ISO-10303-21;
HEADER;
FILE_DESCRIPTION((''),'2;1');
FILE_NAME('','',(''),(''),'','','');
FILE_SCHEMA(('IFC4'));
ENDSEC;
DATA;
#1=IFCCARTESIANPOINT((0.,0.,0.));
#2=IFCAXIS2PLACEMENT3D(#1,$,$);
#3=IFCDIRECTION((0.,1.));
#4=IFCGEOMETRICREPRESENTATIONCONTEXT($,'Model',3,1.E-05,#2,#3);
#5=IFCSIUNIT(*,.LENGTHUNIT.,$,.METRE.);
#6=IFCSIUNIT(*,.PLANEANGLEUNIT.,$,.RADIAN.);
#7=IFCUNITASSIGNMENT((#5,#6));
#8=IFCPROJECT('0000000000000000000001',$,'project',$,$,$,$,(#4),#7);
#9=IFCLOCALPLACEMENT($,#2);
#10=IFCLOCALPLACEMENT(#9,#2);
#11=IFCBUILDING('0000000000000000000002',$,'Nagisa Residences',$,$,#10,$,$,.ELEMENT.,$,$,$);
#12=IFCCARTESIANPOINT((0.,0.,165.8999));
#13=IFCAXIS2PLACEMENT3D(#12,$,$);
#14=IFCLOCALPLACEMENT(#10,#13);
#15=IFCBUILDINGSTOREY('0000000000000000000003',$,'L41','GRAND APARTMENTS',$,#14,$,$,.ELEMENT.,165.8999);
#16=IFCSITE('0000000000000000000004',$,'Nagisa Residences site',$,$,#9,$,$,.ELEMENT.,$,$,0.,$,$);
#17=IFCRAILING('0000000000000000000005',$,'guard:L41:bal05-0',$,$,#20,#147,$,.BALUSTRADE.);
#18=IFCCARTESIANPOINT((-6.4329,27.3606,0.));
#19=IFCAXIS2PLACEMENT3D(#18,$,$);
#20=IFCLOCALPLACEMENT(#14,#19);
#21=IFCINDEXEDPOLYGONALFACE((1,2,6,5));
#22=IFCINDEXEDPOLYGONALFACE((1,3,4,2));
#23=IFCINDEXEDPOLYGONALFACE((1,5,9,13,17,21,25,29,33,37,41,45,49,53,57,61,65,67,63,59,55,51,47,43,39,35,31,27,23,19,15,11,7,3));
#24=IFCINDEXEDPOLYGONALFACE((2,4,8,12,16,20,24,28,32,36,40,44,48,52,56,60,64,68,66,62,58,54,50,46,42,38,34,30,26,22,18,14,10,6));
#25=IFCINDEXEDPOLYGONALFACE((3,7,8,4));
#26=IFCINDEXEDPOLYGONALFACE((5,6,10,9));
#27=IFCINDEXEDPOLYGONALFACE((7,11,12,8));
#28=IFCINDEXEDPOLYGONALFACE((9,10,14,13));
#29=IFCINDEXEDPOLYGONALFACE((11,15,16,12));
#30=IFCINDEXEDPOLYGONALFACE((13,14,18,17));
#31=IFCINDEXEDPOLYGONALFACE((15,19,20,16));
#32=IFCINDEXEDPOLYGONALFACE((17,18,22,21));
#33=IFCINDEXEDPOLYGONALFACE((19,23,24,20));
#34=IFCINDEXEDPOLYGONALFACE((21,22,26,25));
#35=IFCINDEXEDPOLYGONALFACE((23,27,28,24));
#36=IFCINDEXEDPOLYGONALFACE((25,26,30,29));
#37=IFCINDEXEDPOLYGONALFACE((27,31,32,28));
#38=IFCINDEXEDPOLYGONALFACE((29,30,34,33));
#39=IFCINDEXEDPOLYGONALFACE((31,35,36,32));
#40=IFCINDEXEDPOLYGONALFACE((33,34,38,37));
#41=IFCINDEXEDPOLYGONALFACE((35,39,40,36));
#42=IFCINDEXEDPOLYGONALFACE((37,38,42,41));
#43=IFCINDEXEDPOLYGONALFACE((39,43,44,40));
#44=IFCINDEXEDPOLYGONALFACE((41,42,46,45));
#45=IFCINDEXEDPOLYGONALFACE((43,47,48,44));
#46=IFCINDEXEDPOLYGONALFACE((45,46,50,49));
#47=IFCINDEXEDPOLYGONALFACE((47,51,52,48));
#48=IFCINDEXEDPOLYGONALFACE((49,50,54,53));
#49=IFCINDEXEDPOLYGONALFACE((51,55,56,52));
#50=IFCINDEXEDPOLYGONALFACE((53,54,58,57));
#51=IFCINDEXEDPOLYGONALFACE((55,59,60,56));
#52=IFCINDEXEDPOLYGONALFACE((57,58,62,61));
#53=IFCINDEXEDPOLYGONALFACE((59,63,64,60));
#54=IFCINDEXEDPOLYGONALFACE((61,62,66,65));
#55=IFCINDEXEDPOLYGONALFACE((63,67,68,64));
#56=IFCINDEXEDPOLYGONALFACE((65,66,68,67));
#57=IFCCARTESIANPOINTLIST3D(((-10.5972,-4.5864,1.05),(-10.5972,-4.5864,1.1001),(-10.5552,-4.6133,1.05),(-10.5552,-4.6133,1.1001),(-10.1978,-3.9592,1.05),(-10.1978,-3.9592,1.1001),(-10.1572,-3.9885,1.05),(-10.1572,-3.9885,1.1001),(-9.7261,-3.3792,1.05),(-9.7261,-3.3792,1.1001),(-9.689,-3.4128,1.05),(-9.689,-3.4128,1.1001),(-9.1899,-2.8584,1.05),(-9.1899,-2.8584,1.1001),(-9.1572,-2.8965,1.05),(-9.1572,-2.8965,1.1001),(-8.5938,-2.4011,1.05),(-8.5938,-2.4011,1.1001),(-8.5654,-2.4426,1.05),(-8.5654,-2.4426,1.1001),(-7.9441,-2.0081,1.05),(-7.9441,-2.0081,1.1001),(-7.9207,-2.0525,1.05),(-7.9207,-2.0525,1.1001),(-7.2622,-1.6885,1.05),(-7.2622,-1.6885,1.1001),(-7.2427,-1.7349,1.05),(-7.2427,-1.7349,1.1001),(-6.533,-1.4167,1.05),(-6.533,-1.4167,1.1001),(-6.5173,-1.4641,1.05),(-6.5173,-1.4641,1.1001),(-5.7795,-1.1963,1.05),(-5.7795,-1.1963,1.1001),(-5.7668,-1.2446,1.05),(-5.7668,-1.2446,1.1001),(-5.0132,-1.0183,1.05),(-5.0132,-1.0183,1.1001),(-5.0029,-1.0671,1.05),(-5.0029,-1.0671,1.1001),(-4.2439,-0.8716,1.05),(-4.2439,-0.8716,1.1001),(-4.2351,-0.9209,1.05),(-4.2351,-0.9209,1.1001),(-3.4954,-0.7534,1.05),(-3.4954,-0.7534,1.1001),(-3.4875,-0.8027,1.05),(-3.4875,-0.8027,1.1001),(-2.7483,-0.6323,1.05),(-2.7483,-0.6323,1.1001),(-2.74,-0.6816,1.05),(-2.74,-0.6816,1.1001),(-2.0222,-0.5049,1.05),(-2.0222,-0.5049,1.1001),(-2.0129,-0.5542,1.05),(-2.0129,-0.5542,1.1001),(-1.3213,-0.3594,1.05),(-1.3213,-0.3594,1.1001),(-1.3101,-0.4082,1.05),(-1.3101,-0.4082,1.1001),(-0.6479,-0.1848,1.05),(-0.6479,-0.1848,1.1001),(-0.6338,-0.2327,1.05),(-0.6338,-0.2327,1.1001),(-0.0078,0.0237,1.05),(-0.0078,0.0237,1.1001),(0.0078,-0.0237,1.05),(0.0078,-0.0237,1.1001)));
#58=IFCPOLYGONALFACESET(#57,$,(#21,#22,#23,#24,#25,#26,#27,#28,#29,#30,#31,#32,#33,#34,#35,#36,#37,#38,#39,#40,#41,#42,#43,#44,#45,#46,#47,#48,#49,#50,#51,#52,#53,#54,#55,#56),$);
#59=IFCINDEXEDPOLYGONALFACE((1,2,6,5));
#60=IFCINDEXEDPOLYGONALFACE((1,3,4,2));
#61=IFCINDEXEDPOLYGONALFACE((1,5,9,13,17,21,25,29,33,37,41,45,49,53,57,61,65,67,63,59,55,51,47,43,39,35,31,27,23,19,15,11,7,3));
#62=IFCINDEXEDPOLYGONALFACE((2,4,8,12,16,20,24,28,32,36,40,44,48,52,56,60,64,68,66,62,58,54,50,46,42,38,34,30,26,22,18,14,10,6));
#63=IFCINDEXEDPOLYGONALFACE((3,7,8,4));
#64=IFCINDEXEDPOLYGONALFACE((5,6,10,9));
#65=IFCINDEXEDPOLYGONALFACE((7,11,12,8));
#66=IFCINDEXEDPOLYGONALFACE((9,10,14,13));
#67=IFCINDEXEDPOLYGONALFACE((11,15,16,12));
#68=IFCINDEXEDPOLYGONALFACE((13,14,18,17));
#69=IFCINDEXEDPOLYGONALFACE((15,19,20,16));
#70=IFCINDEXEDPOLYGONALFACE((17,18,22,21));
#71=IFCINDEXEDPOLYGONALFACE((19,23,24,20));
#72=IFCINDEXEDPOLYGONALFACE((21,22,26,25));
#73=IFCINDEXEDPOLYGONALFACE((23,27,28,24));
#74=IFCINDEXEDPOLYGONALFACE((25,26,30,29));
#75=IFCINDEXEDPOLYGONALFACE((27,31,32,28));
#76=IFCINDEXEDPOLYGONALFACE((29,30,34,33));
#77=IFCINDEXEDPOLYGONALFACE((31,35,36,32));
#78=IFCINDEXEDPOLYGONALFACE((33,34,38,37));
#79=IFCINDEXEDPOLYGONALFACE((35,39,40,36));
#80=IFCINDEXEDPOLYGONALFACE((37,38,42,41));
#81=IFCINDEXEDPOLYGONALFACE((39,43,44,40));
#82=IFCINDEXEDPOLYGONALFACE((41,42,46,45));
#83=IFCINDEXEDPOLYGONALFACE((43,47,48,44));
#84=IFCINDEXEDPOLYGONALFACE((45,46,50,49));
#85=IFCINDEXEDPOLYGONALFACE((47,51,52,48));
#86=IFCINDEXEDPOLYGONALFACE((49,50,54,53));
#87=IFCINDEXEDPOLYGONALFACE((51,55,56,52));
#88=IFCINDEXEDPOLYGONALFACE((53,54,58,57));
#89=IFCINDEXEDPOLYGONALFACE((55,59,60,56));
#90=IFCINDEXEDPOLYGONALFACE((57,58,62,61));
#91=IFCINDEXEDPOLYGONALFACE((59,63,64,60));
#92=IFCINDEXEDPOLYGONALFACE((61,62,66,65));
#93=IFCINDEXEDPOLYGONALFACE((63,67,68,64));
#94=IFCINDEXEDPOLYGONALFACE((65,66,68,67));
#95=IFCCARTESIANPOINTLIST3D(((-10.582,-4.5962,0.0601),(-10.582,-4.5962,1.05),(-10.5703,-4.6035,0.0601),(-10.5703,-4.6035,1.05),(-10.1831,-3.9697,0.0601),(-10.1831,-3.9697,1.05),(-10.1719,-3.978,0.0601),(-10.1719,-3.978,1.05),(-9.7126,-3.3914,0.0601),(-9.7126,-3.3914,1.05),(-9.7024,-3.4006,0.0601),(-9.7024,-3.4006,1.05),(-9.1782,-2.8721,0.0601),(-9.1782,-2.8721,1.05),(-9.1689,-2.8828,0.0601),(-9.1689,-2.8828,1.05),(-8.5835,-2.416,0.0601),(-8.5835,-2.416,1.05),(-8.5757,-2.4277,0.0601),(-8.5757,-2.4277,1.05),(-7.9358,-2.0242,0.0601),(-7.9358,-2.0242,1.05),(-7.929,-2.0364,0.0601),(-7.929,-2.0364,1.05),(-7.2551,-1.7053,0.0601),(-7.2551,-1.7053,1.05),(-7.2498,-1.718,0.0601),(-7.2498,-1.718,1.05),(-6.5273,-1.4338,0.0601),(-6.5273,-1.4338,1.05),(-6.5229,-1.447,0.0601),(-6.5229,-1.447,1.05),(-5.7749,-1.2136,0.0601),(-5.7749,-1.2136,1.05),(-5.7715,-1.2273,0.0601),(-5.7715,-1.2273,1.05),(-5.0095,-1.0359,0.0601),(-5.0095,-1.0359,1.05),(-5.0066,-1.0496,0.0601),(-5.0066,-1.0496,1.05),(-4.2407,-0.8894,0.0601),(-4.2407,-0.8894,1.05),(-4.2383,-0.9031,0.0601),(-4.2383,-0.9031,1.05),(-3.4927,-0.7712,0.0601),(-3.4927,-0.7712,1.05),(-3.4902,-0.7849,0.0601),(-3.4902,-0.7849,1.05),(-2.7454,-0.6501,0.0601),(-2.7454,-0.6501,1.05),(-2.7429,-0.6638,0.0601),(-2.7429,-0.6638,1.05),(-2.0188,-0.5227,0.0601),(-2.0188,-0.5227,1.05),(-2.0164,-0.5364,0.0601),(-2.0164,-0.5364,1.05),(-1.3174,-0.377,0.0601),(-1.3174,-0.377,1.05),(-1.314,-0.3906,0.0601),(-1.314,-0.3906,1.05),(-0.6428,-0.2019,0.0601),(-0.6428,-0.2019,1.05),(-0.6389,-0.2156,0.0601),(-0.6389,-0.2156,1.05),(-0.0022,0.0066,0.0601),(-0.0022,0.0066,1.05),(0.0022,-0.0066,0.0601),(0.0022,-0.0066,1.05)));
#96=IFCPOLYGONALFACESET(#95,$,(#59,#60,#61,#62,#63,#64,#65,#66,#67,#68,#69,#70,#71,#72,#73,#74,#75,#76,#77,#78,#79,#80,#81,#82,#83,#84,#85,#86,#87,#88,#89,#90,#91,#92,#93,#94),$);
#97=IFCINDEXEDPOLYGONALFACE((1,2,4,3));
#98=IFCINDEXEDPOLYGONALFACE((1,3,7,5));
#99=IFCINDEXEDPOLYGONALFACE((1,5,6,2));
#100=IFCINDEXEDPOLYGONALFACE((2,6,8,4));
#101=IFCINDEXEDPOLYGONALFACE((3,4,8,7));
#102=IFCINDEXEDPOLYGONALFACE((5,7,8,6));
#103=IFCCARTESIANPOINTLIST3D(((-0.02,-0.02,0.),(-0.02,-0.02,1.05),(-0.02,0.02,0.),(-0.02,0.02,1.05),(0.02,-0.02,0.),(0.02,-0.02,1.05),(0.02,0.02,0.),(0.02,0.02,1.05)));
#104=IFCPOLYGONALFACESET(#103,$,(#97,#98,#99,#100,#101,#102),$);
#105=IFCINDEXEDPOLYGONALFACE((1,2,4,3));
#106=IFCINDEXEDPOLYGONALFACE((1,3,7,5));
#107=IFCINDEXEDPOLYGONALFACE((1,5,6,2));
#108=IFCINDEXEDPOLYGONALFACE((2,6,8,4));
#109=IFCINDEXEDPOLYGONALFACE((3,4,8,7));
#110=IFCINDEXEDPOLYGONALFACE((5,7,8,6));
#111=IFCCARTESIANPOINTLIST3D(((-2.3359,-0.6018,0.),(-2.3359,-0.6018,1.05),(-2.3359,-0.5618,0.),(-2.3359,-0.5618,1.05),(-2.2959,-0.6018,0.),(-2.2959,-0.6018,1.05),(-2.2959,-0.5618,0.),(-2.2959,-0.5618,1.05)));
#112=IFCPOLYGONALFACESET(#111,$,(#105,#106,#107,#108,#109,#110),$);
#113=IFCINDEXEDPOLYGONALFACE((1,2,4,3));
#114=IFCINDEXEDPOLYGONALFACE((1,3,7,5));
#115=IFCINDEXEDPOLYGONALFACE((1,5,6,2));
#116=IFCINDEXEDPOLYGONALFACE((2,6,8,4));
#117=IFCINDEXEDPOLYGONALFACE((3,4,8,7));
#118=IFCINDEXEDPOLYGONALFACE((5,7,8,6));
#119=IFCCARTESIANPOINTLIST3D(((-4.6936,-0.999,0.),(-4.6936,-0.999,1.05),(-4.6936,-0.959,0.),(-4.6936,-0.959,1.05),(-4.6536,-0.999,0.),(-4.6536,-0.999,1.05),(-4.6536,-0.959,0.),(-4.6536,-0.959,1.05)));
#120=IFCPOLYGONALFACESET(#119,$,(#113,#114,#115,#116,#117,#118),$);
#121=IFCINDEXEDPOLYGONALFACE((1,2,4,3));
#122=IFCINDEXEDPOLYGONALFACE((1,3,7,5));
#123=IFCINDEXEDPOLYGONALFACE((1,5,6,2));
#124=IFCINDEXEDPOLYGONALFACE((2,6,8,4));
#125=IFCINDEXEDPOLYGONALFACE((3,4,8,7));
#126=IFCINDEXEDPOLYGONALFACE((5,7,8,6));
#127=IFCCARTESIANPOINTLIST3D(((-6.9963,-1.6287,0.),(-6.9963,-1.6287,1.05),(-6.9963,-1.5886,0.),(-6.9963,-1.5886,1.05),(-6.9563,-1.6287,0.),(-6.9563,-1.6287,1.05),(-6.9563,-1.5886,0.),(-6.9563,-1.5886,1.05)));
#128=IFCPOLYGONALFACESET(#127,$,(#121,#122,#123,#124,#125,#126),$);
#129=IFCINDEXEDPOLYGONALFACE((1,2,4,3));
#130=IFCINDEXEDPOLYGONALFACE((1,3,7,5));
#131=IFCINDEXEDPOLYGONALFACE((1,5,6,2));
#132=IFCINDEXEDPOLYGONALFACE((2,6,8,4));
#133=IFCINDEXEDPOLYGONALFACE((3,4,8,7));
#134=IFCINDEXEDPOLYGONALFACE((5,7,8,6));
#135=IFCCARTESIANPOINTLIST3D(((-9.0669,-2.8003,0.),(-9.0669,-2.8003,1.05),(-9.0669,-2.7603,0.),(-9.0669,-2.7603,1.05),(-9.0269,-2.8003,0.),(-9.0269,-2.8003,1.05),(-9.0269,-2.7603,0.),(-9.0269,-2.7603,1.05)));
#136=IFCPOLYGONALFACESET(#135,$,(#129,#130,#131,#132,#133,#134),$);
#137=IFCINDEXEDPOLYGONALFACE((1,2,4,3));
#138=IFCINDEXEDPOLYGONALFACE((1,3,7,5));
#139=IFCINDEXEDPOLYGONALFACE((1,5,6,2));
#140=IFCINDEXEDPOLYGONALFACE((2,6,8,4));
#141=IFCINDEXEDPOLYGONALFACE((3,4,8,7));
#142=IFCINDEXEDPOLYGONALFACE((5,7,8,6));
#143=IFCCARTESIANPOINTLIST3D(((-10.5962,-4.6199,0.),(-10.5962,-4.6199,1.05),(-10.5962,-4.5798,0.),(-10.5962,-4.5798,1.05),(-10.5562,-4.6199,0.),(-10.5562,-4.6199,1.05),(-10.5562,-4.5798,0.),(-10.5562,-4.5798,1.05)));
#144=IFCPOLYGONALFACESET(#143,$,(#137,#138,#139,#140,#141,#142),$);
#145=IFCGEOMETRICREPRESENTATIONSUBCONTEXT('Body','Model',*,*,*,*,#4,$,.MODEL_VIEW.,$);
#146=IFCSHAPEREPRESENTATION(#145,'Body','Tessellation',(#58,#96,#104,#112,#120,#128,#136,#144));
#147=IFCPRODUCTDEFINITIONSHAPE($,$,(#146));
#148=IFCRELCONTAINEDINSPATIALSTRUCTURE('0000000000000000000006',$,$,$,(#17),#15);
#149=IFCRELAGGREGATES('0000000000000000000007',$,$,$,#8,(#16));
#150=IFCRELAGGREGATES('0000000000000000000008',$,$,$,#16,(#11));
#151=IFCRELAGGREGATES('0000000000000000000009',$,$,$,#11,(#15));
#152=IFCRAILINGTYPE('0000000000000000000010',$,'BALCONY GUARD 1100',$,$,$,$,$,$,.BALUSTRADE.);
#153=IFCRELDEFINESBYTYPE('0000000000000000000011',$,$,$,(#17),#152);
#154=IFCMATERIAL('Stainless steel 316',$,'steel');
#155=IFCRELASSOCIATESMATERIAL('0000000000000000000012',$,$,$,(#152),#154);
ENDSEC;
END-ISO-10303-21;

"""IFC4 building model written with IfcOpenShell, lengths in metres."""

from ifc_helpers import new_model, si_unit, direction, frame, origin, origin_2d, place, context, subcontext, project, spatial, polyline, rectangle, outline, extrude, material, type_object, element, save


model = new_model("IFC4")

# Units and contexts
model_context = context("Model", 3, precision=1e-05, world=origin(), true_north=direction((0.0, 1.0)))
body_context = subcontext(model_context, "Body", "Model", "MODEL_VIEW")
ifc_project = project(units=[si_unit("LENGTHUNIT", "METRE"), si_unit("PLANEANGLEUNIT", "RADIAN")], contexts=[model_context])

# Site, building, storey
site_placement = place(None, origin())
site = spatial("IfcSite", under=ifc_project, at=site_placement, Name="Nagisa Residences site", CompositionType="ELEMENT", RefElevation=0.0)
building_placement = place(site_placement, origin())
building = spatial("IfcBuilding", under=site, at=building_placement, Name="Nagisa Residences", CompositionType="ELEMENT")
storey_placement = place(building_placement, frame((0.0, 0.0, 165.8999)))
storey = spatial("IfcBuildingStorey", under=building, at=storey_placement, Name="L41", Description="GRAND APARTMENTS", CompositionType="ELEMENT", Elevation=165.8999)

# Railing
ifc_material_1 = material(Name="Stainless steel 316", Category="steel")
railing_type_1 = type_object("IfcRailingType", Name="BALCONY GUARD 1100", PredefinedType="BALUSTRADE", material=ifc_material_1)
railing_1_placement = place(storey_placement, frame((-6.4329, 27.3606, 0.0)))
element("IfcRailing", 1, at=railing_1_placement, inside=storey, type_object=railing_type_1, Name="guard:L41:bal05-0", PredefinedType="BALUSTRADE", context=body_context, shape_type="SweptSolid", body=[
    extrude(outline(polyline([(-0.6338, -0.2327), (0.0078, -0.0237), (-0.0078, 0.0237), (-0.6479, -0.1848), (-1.3213, -0.3594), (-2.0222, -0.5049), (-2.7483, -0.6323), (-3.4954, -0.7534), (-4.2439, -0.8716), (-5.0132, -1.0183), (-5.7795, -1.1963), (-6.533, -1.4167), (-7.2622, -1.6885), (-7.9441, -2.0081), (-8.5938, -2.4011), (-9.1899, -2.8584), (-9.7261, -3.3792), (-10.1978, -3.9592), (-10.5972, -4.5864), (-10.5552, -4.6133), (-10.1572, -3.9885), (-9.689, -3.4128), (-9.1572, -2.8965), (-8.5654, -2.4426), (-7.9207, -2.0525), (-7.2427, -1.7349), (-6.5173, -1.4641), (-5.7668, -1.2446), (-5.0029, -1.0671), (-4.2351, -0.9209), (-3.4875, -0.8027), (-2.74, -0.6816), (-2.0129, -0.5542), (-1.3101, -0.4082), (-0.6338, -0.2327)])), frame((0.0, 0.0, 1.05)), (0.0, 0.0, 1.0), 0.05),
    extrude(outline(polyline([(-0.6389, -0.2156), (0.0022, -0.0066), (-0.0022, 0.0066), (-0.6428, -0.2019), (-1.3174, -0.377), (-2.0188, -0.5227), (-2.7454, -0.6501), (-3.4927, -0.7712), (-4.2407, -0.8894), (-5.0095, -1.0359), (-5.7749, -1.2136), (-6.5273, -1.4338), (-7.2551, -1.7053), (-7.9358, -2.0242), (-8.5835, -2.416), (-9.1782, -2.8721), (-9.7126, -3.3914), (-10.1831, -3.9697), (-10.582, -4.5962), (-10.5703, -4.6035), (-10.1719, -3.978), (-9.7024, -3.4006), (-9.1689, -2.8828), (-8.5757, -2.4277), (-7.929, -2.0364), (-7.2498, -1.718), (-6.5229, -1.447), (-5.7715, -1.2273), (-5.0066, -1.0496), (-4.2383, -0.9031), (-3.4902, -0.7849), (-2.7429, -0.6638), (-2.0164, -0.5364), (-1.314, -0.3906), (-0.6389, -0.2156)])), frame((0.0, 0.0, 0.0601)), (0.0, 0.0, 1.0), 0.99),
    extrude(rectangle(XDim=0.04, YDim=0.04, at=origin_2d()), origin(), (0.0, 0.0, 1.0), 1.05),
    extrude(rectangle(XDim=0.04, YDim=0.04, at=origin_2d()), frame((-2.3159, -0.5818, 0.0)), (0.0, 0.0, 1.0), 1.05),
    extrude(rectangle(XDim=0.04, YDim=0.04, at=origin_2d()), frame((-4.6736, -0.979, 0.0)), (0.0, 0.0, 1.0), 1.05),
    extrude(rectangle(XDim=0.04, YDim=0.04, at=origin_2d()), frame((-6.9763, -1.6086, 0.0)), (0.0, 0.0, 1.0), 1.05),
    extrude(rectangle(XDim=0.04, YDim=0.04, at=origin_2d()), frame((-9.0469, -2.7803, 0.0)), (0.0, 0.0, 1.0), 1.05),
    extrude(rectangle(XDim=0.04, YDim=0.04, at=origin_2d()), frame((-10.5762, -4.5999, 0.0)), (0.0, 0.0, 1.0), 1.05),
])

save(model, "model.ifc")
